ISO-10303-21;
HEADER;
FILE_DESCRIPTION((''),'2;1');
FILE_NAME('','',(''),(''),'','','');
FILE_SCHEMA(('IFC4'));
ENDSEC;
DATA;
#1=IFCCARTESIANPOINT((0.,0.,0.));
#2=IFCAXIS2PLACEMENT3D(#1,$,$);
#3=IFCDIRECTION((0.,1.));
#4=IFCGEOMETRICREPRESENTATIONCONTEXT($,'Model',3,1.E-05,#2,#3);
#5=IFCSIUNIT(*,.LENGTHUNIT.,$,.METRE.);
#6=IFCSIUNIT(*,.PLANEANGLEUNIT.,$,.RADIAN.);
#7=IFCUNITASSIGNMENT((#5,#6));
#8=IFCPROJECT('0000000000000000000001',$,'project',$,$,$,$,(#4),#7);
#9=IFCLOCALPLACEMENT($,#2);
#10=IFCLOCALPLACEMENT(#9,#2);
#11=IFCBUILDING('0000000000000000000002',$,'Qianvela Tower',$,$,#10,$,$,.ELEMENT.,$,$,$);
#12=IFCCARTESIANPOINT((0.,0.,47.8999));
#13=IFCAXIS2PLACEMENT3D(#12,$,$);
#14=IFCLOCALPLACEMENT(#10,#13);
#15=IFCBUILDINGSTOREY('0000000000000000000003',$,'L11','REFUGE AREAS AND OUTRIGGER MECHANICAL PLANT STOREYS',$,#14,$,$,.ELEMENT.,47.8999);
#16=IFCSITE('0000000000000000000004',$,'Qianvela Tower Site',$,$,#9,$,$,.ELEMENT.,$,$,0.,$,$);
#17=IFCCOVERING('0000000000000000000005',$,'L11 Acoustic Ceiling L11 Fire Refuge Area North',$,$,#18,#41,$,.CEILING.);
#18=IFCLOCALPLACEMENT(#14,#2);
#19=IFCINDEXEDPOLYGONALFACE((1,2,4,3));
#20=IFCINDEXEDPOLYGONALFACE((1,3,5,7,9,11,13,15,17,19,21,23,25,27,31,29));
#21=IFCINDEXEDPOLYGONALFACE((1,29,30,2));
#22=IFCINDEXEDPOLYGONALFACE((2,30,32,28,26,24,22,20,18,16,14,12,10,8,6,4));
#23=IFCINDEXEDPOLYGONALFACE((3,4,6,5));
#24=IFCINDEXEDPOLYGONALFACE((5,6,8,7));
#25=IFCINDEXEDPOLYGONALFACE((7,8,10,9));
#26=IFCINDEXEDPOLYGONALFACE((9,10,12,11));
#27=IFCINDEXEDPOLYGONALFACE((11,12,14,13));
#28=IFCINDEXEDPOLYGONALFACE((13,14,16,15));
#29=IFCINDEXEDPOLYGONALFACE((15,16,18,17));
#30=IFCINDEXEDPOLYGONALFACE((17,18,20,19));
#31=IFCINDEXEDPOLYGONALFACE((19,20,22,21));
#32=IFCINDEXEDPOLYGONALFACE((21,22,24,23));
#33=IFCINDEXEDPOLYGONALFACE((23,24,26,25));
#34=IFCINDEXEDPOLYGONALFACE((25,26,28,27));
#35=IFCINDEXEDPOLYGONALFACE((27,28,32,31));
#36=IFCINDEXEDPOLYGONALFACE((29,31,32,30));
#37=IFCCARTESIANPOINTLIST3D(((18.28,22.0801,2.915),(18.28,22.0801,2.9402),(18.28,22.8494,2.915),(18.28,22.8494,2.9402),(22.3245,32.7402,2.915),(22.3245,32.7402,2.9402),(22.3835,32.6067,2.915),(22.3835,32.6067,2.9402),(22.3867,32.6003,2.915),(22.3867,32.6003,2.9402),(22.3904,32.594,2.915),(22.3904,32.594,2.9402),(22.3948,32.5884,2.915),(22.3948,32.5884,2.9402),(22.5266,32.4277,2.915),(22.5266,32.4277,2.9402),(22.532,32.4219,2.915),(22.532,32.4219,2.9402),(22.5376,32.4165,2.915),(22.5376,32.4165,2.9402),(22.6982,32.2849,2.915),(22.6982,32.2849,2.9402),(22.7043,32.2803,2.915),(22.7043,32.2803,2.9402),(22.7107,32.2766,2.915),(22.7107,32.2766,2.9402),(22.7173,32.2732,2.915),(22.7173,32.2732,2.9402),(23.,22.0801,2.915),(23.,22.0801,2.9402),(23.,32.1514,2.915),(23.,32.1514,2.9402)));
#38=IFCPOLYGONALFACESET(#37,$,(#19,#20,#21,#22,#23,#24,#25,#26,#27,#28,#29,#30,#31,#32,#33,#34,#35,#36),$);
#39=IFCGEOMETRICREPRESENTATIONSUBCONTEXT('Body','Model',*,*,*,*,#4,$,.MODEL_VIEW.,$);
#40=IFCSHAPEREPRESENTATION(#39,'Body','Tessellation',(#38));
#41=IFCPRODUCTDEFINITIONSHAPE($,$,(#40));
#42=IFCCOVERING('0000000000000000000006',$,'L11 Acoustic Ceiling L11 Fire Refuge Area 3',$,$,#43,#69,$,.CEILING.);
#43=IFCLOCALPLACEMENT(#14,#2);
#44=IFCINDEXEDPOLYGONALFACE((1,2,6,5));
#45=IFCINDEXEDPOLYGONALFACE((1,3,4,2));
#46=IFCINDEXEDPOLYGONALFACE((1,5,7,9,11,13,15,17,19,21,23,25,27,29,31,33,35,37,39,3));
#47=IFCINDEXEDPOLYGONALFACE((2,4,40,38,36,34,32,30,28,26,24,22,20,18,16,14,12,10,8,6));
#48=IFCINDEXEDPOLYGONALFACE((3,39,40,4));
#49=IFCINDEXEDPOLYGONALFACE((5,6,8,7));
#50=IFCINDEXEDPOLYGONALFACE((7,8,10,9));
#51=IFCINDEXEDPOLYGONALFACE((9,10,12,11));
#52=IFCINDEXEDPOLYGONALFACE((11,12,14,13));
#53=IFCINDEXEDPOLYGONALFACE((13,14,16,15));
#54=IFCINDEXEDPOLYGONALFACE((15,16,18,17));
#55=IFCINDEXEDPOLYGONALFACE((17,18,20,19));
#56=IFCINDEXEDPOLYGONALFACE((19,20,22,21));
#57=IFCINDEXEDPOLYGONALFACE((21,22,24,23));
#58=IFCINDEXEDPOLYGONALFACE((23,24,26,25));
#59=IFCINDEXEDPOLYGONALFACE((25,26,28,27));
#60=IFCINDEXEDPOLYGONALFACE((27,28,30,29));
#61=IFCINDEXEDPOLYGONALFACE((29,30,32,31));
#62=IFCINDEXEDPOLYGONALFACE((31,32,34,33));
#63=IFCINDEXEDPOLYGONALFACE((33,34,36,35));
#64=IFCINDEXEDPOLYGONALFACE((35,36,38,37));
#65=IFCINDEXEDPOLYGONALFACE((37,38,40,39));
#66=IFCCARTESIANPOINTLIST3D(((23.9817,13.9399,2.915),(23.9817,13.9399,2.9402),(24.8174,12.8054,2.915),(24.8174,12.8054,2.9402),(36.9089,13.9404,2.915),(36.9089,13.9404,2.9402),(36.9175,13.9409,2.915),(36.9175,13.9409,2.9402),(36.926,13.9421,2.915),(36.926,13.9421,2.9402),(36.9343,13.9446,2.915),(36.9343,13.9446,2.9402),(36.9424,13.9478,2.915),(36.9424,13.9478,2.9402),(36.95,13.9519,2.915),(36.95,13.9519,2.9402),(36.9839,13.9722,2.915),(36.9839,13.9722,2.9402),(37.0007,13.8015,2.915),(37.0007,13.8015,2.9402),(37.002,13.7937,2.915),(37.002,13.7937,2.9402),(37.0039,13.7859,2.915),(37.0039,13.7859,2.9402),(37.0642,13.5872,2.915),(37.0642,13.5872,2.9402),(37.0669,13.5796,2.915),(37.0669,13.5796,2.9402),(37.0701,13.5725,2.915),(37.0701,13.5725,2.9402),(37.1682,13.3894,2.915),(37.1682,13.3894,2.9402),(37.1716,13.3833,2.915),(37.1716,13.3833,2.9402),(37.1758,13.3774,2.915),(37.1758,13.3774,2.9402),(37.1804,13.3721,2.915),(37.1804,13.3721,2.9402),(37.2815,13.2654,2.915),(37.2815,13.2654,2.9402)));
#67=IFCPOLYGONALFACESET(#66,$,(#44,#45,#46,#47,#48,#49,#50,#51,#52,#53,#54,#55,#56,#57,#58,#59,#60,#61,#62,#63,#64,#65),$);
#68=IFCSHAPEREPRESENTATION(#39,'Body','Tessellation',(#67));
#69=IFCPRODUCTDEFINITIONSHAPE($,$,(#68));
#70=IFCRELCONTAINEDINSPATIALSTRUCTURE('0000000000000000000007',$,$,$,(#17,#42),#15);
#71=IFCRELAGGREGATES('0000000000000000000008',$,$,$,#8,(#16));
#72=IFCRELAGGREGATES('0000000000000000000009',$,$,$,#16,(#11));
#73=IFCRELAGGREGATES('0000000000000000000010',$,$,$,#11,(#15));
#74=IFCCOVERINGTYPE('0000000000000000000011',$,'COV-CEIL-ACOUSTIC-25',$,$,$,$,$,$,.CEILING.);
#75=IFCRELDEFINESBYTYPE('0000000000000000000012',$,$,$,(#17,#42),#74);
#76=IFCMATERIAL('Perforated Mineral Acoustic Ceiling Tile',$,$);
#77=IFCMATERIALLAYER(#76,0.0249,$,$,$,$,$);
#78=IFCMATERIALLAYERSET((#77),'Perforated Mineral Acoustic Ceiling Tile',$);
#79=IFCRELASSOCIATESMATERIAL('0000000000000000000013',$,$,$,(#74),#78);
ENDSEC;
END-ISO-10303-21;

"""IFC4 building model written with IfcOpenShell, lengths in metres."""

from ifc_helpers import new_model, si_unit, direction, frame, origin, place, context, subcontext, project, spatial, polyline, outline, extrude, material, layer, layer_set, type_object, element, save


model = new_model("IFC4")

# Units and contexts
model_context = context("Model", 3, precision=1e-05, world=origin(), true_north=direction((0.0, 1.0)))
body_context = subcontext(model_context, "Body", "Model", "MODEL_VIEW")
ifc_project = project(units=[si_unit("LENGTHUNIT", "METRE"), si_unit("PLANEANGLEUNIT", "RADIAN")], contexts=[model_context])

# Site, building, storey
site_placement = place(None, origin())
site = spatial("IfcSite", under=ifc_project, at=site_placement, Name="Qianvela Tower Site", CompositionType="ELEMENT", RefElevation=0.0)
building_placement = place(site_placement, origin())
building = spatial("IfcBuilding", under=site, at=building_placement, Name="Qianvela Tower", CompositionType="ELEMENT")
storey_placement = place(building_placement, frame((0.0, 0.0, 47.8999)))
storey = spatial("IfcBuildingStorey", under=building, at=storey_placement, Name="L11", Description="REFUGE AREAS AND OUTRIGGER MECHANICAL PLANT STOREYS", CompositionType="ELEMENT", Elevation=47.8999)

# Coverings
ifc_material_1 = material(Name="Perforated Mineral Acoustic Ceiling Tile")
ifc_layer_1 = layer(ifc_material_1, 0.0249)
ifc_layer_set_1 = layer_set([ifc_layer_1], Name="Perforated Mineral Acoustic Ceiling Tile")
covering_type_1 = type_object("IfcCoveringType", Name="COV-CEIL-ACOUSTIC-25", PredefinedType="CEILING", material=ifc_layer_set_1)
covering_1_placement = place(storey_placement, frame((0.0, 0.0, 2.915)))
element("IfcCovering", 1, at=covering_1_placement, inside=storey, type_object=covering_type_1, Name="L11 Acoustic Ceiling L11 Fire Refuge Area North", PredefinedType="CEILING", context=body_context, shape_type="SweptSolid", body=[
    extrude(outline(polyline([(22.3245, 32.7402), (22.3835, 32.6067), (22.3867, 32.6003), (22.3904, 32.594), (22.3948, 32.5884), (22.5266, 32.4277), (22.532, 32.4219), (22.5376, 32.4165), (22.6982, 32.2849), (22.7043, 32.2803), (22.7107, 32.2766), (22.7173, 32.2732), (23.0, 32.1514), (23.0, 22.0801), (18.28, 22.0801), (18.28, 22.8494), (22.3245, 32.7402)])), origin(), (0.0, 0.0, 1.0), 0.0251),
])
covering_2_placement = place(storey_placement, frame((0.0, 0.0, 2.915)))
element("IfcCovering", 2, at=covering_2_placement, inside=storey, type_object=covering_type_1, Name="L11 Acoustic Ceiling L11 Fire Refuge Area 3", PredefinedType="CEILING", context=body_context, shape_type="SweptSolid", body=[
    extrude(outline(polyline([(36.9839, 13.9722), (37.0007, 13.8015), (37.002, 13.7937), (37.0039, 13.7859), (37.0642, 13.5872), (37.0669, 13.5796), (37.0701, 13.5725), (37.1682, 13.3894), (37.1716, 13.3833), (37.1758, 13.3774), (37.1804, 13.3721), (37.2815, 13.2654), (24.8174, 12.8054), (23.9817, 13.9399), (36.9089, 13.9404), (36.9175, 13.9409), (36.926, 13.9421), (36.9343, 13.9446), (36.9424, 13.9478), (36.95, 13.9519), (36.9839, 13.9722)])), origin(), (0.0, 0.0, 1.0), 0.0251),
])

save(model, "model.ifc")
